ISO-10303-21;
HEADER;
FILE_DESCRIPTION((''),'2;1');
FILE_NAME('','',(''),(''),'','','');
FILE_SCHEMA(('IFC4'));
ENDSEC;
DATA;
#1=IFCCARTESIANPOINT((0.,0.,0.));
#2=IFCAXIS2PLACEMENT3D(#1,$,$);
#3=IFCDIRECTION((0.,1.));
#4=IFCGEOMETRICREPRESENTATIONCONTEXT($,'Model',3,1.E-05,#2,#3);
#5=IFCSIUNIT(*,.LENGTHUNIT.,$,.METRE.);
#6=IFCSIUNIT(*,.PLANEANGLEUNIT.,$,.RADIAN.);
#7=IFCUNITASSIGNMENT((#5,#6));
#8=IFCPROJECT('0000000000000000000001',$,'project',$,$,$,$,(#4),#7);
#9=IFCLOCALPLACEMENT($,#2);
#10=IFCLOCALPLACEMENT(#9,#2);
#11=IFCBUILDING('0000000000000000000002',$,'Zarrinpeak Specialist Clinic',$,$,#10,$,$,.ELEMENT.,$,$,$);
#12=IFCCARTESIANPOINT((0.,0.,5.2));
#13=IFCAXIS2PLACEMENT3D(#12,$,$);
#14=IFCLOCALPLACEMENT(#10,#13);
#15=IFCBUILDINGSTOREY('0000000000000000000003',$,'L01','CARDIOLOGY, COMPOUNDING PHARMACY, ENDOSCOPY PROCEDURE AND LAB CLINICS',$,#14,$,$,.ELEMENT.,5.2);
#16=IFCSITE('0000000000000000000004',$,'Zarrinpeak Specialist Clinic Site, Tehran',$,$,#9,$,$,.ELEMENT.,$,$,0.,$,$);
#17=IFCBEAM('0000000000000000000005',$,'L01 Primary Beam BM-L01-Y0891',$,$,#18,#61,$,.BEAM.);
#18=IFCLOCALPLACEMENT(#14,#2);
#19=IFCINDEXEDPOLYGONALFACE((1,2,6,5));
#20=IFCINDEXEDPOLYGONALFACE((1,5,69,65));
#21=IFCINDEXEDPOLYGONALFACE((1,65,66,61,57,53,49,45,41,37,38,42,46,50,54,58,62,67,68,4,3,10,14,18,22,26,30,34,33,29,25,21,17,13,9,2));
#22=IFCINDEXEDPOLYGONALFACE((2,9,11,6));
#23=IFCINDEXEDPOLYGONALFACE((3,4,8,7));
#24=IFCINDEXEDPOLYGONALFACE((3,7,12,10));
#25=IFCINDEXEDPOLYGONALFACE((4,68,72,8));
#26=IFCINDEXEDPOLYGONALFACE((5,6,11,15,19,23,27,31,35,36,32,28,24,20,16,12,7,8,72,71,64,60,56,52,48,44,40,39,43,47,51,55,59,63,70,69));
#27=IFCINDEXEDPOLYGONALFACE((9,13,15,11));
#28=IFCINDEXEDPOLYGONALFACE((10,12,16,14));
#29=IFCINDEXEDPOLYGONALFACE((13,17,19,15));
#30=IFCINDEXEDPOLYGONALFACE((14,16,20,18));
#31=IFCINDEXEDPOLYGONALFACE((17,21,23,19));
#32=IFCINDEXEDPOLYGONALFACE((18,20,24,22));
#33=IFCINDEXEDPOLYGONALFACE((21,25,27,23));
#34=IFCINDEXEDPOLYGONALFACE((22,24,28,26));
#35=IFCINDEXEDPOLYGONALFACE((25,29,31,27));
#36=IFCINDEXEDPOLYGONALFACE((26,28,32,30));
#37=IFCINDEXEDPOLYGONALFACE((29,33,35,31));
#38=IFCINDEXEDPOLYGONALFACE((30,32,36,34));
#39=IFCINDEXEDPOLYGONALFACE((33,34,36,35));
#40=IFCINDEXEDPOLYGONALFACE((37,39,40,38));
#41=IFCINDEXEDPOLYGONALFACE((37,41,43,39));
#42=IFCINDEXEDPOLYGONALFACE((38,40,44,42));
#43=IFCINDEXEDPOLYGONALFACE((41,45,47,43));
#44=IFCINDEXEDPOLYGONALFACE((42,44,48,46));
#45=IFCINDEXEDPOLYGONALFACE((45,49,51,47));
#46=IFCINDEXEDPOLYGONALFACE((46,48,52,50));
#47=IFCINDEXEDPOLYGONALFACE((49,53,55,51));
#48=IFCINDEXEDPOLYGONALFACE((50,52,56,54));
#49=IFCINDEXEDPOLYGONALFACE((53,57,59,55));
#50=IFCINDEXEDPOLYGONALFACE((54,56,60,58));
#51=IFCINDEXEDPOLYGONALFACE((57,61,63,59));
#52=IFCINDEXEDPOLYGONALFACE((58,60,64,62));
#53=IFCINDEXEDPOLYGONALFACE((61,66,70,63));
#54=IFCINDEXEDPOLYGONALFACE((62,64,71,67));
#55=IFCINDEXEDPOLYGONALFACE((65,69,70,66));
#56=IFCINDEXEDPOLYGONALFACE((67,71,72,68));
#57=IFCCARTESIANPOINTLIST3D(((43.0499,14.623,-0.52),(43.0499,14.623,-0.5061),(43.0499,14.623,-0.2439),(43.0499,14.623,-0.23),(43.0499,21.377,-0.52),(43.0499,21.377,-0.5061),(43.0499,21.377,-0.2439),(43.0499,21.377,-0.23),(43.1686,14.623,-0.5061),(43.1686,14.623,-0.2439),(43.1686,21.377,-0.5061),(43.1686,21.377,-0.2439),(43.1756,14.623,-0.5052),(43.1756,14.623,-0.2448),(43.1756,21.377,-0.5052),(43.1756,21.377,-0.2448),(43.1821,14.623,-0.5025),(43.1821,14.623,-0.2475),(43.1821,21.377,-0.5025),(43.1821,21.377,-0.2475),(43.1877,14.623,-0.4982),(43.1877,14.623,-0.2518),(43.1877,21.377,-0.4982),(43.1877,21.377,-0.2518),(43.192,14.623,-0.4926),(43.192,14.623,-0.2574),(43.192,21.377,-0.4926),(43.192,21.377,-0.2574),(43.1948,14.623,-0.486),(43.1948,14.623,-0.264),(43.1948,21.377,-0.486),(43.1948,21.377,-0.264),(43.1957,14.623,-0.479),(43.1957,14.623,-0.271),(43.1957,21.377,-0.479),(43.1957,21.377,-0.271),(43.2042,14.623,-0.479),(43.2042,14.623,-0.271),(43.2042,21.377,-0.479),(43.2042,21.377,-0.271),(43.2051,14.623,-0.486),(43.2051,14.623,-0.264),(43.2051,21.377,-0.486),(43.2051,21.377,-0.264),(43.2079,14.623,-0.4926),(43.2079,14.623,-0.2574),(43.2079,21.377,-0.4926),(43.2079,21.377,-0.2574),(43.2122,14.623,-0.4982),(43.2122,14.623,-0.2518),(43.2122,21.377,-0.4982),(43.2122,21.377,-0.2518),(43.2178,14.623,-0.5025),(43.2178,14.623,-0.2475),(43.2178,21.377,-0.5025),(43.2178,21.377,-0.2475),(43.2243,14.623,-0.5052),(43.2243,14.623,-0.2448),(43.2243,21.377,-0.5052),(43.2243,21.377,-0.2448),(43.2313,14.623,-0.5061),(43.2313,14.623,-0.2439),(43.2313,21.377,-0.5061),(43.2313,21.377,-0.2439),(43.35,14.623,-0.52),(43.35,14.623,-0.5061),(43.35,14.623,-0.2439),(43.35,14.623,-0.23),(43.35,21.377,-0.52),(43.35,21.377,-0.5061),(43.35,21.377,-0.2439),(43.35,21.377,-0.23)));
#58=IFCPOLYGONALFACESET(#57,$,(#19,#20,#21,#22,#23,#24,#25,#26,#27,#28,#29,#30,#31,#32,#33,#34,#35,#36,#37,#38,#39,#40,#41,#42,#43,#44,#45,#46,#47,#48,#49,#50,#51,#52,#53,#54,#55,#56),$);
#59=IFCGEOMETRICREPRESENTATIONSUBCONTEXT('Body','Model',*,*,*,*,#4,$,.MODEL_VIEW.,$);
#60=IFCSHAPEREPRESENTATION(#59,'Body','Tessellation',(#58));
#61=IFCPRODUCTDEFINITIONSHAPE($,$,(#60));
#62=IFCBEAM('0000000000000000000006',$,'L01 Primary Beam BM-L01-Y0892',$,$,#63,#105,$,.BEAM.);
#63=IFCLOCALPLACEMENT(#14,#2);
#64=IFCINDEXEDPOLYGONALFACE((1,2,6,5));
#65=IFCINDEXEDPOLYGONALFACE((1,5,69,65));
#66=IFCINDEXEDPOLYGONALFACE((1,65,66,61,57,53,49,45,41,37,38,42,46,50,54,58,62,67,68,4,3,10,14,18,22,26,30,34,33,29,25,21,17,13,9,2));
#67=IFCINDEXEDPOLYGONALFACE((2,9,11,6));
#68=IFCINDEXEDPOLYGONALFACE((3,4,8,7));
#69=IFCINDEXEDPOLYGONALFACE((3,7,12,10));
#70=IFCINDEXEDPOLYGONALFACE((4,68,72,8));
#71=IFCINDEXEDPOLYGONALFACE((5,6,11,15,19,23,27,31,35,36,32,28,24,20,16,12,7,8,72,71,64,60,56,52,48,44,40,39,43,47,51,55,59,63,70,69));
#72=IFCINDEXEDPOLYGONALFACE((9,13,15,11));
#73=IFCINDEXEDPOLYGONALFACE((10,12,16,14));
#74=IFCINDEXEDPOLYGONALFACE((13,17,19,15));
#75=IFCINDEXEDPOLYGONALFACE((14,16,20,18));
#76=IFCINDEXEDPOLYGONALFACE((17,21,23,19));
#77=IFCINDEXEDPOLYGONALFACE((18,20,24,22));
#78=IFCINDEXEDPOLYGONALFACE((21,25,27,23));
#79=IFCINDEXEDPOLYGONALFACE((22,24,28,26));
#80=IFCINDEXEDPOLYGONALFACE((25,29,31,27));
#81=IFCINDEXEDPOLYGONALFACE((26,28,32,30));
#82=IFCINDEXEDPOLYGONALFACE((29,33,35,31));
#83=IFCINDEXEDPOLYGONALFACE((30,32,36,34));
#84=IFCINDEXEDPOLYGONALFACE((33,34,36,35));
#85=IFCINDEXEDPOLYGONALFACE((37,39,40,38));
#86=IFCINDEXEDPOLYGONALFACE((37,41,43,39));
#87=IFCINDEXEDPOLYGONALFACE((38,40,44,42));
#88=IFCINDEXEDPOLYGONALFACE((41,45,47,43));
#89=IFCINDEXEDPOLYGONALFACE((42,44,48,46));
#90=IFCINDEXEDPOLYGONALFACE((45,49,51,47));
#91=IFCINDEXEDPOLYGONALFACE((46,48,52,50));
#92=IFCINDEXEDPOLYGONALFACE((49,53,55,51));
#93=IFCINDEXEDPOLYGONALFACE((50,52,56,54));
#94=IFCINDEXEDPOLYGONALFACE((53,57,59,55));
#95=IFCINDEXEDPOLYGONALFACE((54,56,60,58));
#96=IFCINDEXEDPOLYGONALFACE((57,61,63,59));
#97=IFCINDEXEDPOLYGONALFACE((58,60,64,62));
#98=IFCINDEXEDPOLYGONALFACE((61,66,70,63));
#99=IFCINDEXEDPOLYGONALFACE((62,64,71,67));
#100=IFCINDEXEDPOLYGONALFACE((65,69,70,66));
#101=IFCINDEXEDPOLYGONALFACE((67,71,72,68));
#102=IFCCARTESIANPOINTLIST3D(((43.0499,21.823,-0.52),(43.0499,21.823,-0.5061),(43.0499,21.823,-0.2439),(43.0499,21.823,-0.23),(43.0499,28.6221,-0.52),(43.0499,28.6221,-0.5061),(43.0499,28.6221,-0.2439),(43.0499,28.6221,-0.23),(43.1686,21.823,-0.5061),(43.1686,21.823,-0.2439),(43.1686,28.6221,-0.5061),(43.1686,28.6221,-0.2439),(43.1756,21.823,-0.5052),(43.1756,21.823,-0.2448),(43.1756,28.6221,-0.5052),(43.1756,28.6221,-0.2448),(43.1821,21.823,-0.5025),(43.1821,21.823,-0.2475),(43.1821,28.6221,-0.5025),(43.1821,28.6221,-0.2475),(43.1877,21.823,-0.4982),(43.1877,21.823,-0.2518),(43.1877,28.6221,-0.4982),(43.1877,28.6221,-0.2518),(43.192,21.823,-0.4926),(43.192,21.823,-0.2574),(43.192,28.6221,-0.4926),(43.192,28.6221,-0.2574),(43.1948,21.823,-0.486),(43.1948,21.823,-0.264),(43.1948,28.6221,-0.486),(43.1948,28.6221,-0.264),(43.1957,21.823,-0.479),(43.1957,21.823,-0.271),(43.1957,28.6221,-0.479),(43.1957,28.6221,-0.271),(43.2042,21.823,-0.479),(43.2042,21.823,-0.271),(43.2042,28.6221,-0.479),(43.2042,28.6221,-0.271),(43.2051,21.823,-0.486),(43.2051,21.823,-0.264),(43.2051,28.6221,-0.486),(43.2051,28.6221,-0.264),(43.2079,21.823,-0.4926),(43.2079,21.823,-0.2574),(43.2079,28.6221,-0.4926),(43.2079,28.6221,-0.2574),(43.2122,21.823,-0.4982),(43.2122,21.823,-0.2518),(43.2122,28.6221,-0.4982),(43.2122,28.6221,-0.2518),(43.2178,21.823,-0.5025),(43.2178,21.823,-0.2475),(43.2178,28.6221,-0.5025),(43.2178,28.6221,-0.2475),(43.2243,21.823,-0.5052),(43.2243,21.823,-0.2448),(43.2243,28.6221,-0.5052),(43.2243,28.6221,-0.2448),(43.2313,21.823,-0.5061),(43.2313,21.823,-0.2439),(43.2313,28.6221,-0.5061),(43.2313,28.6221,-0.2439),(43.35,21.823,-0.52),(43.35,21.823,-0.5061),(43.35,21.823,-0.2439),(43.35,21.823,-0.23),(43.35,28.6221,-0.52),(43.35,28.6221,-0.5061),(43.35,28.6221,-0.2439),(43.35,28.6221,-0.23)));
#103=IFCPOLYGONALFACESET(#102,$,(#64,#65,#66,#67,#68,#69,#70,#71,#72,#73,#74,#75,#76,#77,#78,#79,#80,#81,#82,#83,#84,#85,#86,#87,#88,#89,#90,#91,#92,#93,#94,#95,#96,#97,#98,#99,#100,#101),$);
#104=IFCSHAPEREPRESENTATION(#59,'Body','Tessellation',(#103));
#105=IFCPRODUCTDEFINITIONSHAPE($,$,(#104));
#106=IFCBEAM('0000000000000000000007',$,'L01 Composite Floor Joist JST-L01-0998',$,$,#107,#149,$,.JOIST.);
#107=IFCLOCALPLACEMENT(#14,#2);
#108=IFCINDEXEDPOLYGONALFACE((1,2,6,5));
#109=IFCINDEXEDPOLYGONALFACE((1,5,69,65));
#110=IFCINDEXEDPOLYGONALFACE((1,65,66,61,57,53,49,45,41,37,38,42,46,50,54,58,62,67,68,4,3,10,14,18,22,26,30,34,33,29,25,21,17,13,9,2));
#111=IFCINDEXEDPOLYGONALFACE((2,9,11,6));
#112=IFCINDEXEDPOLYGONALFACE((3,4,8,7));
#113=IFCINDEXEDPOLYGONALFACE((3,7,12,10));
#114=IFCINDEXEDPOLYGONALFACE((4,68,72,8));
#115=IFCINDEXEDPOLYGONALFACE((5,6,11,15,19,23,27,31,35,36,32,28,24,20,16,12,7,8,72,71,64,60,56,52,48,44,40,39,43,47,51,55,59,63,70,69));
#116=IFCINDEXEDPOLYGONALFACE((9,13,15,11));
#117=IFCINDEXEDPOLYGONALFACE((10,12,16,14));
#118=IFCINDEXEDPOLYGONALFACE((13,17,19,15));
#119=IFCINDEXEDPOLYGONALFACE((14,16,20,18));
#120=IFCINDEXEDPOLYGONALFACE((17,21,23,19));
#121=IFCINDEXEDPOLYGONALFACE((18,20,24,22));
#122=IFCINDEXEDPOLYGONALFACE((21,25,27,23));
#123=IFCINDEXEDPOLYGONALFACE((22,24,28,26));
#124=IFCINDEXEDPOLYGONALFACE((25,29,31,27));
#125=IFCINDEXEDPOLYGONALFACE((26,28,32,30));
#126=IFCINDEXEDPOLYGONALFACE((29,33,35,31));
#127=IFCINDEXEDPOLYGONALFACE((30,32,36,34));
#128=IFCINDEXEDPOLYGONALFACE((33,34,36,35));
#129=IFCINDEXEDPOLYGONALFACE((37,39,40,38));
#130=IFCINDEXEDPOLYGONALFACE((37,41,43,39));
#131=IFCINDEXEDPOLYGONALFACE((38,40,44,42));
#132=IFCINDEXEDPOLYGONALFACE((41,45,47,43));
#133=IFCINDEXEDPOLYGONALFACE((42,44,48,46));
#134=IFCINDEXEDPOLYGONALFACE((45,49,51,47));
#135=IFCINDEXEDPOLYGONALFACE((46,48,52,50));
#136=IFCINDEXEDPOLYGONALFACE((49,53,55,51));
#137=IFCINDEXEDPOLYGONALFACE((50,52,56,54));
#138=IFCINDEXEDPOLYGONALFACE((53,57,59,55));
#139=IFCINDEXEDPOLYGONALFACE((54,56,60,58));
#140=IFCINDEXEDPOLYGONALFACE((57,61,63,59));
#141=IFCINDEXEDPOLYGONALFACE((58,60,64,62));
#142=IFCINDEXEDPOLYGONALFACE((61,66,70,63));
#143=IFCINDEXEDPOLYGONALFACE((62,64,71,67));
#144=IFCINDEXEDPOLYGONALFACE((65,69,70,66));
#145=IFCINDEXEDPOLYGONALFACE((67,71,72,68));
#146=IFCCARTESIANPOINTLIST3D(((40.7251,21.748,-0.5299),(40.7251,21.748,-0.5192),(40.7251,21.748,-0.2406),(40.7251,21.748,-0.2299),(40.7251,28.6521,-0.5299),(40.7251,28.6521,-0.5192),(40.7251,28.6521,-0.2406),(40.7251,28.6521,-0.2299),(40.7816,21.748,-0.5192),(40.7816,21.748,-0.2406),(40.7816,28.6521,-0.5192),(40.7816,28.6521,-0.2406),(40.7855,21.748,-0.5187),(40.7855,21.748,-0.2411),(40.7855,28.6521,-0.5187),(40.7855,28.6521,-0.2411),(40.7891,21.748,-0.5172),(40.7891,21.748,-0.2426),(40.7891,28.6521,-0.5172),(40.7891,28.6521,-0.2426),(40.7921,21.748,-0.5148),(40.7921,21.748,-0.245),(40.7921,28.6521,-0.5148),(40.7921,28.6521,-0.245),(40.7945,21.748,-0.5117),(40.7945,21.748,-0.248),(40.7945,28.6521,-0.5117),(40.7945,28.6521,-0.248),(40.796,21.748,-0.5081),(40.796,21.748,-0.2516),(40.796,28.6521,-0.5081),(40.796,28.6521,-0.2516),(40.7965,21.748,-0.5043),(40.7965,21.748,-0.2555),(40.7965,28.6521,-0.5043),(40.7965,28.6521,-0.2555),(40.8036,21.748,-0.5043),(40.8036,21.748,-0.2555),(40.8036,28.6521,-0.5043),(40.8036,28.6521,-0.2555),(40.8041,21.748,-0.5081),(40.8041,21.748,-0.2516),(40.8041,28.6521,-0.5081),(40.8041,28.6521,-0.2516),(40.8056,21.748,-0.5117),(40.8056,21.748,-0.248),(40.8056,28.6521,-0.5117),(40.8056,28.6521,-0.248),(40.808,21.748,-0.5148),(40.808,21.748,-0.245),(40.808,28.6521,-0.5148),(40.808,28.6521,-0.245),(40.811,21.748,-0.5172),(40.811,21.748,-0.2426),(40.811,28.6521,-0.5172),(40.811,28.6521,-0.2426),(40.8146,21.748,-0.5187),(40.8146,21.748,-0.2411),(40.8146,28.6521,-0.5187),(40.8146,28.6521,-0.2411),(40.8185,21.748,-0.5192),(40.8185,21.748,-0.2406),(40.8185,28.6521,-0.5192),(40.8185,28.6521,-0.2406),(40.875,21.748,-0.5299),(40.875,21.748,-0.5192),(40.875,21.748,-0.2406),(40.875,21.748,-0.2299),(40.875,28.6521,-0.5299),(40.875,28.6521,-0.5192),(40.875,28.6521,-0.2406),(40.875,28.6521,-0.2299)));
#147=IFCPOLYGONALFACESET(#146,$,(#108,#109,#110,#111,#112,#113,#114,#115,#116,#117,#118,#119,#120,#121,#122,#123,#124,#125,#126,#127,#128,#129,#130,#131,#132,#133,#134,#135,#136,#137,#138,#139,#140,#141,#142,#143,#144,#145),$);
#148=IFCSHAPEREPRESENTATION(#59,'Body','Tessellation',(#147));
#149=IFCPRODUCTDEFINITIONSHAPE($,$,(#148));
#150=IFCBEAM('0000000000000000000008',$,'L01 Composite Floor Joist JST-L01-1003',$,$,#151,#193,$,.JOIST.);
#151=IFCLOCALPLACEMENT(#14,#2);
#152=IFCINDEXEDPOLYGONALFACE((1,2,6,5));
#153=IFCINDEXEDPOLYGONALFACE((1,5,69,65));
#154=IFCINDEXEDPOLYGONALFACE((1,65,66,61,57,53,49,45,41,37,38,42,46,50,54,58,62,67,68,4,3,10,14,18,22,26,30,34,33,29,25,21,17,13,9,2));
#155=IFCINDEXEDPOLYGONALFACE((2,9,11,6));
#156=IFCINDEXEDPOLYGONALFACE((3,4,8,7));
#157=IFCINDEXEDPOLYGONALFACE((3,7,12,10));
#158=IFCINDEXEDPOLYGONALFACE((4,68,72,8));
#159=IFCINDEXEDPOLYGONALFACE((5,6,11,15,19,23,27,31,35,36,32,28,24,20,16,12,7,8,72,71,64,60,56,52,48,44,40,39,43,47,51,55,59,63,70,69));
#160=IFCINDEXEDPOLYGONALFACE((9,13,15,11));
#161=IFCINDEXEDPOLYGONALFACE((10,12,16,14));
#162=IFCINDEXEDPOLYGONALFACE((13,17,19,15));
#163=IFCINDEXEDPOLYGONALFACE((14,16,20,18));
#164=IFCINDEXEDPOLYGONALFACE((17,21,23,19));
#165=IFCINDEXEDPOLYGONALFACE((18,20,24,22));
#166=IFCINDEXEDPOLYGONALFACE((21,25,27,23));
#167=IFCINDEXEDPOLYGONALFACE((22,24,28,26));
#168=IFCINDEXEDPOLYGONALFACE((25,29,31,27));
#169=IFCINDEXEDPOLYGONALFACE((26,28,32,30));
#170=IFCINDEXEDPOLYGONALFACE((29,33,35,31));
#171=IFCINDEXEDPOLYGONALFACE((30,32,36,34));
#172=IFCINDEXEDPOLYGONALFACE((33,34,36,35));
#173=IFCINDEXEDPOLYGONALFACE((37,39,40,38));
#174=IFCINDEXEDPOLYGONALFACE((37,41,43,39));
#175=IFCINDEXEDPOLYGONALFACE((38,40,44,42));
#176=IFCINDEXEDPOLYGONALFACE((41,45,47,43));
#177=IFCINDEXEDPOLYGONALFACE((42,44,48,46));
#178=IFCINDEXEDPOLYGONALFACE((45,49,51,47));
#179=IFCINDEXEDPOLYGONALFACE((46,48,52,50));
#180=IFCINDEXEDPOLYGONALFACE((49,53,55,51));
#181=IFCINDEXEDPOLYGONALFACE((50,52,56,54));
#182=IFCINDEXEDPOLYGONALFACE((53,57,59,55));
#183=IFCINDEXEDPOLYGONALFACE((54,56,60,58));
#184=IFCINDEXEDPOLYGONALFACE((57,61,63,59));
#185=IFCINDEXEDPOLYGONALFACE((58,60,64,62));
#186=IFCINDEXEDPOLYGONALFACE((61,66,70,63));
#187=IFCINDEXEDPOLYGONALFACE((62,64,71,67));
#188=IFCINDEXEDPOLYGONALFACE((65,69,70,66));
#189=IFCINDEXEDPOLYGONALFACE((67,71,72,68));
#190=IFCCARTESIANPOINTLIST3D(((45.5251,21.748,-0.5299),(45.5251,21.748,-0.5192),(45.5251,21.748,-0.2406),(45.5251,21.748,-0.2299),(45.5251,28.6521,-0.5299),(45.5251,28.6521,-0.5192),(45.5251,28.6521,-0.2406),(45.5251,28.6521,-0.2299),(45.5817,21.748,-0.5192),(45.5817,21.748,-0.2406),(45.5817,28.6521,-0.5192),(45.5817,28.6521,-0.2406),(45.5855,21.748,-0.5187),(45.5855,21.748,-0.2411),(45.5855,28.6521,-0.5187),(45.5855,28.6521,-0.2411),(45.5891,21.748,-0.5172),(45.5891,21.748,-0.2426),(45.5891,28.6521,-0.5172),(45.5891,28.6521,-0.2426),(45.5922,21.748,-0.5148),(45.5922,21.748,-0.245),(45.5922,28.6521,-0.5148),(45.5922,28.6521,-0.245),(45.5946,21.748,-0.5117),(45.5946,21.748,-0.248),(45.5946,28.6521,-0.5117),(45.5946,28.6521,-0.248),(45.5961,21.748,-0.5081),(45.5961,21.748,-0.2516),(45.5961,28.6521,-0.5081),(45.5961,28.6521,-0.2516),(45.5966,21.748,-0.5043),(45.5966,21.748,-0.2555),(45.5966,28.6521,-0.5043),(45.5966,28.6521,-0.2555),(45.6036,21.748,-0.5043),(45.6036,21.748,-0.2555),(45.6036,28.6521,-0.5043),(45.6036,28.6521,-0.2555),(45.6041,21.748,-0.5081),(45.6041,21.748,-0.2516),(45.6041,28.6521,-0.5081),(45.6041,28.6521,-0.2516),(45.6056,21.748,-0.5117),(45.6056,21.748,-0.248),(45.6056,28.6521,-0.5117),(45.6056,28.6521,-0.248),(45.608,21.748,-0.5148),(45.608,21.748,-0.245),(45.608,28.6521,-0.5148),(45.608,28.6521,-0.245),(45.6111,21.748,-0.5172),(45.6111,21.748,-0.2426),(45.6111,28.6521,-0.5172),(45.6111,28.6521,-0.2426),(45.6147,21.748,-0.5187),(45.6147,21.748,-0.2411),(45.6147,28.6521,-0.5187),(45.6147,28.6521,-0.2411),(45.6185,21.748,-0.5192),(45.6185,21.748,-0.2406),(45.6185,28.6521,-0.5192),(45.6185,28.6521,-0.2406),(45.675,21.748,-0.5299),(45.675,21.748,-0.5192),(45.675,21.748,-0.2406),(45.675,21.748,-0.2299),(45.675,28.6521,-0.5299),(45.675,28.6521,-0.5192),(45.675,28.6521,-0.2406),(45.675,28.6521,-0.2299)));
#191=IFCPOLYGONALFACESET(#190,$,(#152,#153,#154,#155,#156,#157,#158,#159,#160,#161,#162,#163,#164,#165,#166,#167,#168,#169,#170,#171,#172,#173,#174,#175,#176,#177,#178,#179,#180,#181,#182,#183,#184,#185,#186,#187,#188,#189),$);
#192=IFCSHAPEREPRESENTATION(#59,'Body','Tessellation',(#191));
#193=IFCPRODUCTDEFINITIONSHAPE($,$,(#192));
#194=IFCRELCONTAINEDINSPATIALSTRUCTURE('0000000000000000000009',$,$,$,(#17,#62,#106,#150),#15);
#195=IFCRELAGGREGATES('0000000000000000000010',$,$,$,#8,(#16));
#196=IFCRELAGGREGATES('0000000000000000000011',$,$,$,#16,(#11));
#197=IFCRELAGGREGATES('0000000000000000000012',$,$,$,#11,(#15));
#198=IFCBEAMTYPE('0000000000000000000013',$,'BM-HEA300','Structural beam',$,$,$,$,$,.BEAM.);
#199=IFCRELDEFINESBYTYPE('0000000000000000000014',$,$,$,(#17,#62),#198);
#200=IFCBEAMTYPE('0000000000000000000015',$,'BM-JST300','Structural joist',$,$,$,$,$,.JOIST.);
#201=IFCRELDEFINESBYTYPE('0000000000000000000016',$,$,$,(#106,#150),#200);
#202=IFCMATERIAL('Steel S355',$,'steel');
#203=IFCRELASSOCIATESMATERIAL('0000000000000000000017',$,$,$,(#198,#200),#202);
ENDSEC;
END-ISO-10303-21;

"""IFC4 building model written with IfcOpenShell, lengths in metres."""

from ifc_helpers import new_model, si_unit, direction, frame, origin, origin_2d, place, context, subcontext, project, spatial, i_section, extrude, material, material_profile, profile_set, type_object, element, save


model = new_model("IFC4")

# Units and contexts
model_context = context("Model", 3, precision=1e-05, world=origin(), true_north=direction((0.0, 1.0)))
body_context = subcontext(model_context, "Body", "Model", "MODEL_VIEW")
ifc_project = project(units=[si_unit("LENGTHUNIT", "METRE"), si_unit("PLANEANGLEUNIT", "RADIAN")], contexts=[model_context])

# Site, building, storey
site_placement = place(None, origin())
site = spatial("IfcSite", under=ifc_project, at=site_placement, Name="Zarrinpeak Specialist Clinic Site, Tehran", CompositionType="ELEMENT", RefElevation=0.0)
building_placement = place(site_placement, origin())
building = spatial("IfcBuilding", under=site, at=building_placement, Name="Zarrinpeak Specialist Clinic", CompositionType="ELEMENT")
storey_placement = place(building_placement, frame((0.0, 0.0, 5.2)))
storey = spatial("IfcBuildingStorey", under=building, at=storey_placement, Name="L01", Description="CARDIOLOGY, COMPOUNDING PHARMACY, ENDOSCOPY PROCEDURE AND LAB CLINICS", CompositionType="ELEMENT", Elevation=5.2)

# Shared definitions
ifc_material_1 = material(Name="Steel S355", Category="steel")

# Beams
ifc_material_profile_1 = material_profile(ifc_material_1, i_section(OverallWidth=0.3, OverallDepth=0.29, WebThickness=0.0085, FlangeThickness=0.0139, FilletRadius=0.0271, at=origin_2d()), Name="HEA 300")
ifc_profile_set_1 = profile_set([ifc_material_profile_1], Name="Steel S355")
beam_type_1 = type_object("IfcBeamType", Name="BM-HEA300", Description="Structural beam", PredefinedType="BEAM", material=ifc_profile_set_1)
beam_1_placement = place(storey_placement, frame((43.2, 14.623, -0.375), z_axis=(0.0, 1.0, 0.0), x_axis=(-1.0, 0.0, 0.0)))
element("IfcBeam", 1, at=beam_1_placement, inside=storey, type_object=beam_type_1, Name="L01 Primary Beam BM-L01-Y0891", PredefinedType="BEAM", context=body_context, shape_type="SweptSolid", body=[
    extrude(i_section(OverallWidth=0.3, OverallDepth=0.29, WebThickness=0.0085, FlangeThickness=0.0139, FilletRadius=0.0271, at=origin_2d()), origin(), (0.0, 0.0, 1.0), 6.7539),
])
beam_2_placement = place(storey_placement, frame((43.2, 21.823, -0.375), z_axis=(0.0, 1.0, 0.0), x_axis=(-1.0, 0.0, 0.0)))
element("IfcBeam", 2, at=beam_2_placement, inside=storey, type_object=beam_type_1, Name="L01 Primary Beam BM-L01-Y0892", PredefinedType="BEAM", context=body_context, shape_type="SweptSolid", body=[
    extrude(i_section(OverallWidth=0.3, OverallDepth=0.29, WebThickness=0.0085, FlangeThickness=0.0139, FilletRadius=0.0271, at=origin_2d()), origin(), (0.0, 0.0, 1.0), 6.7991),
])
ifc_material_profile_2 = material_profile(ifc_material_1, i_section(OverallWidth=0.1499, OverallDepth=0.3, WebThickness=0.0071, FlangeThickness=0.0107, FilletRadius=0.0149, at=origin_2d()), Name="IPE 300")
ifc_profile_set_2 = profile_set([ifc_material_profile_2], Name="Steel S355")
beam_type_2 = type_object("IfcBeamType", Name="BM-JST300", Description="Structural joist", PredefinedType="JOIST", material=ifc_profile_set_2)
for number, where, z_axis, x_axis, name in (
    (3, (40.8, 21.748, -0.3799), (0.0, 1.0, 0.0), (-1.0, 0.0, 0.0), "L01 Composite Floor Joist JST-L01-0998"),
    (4, (45.6001, 21.748, -0.3799), (0.0, 1.0, 0.0), (-1.0, 0.0, 0.0), "L01 Composite Floor Joist JST-L01-1003"),
):
    element("IfcBeam", number, at=place(storey_placement, frame(where, z_axis=z_axis, x_axis=x_axis)), inside=storey, type_object=beam_type_2, Name=name, PredefinedType="JOIST", context=body_context, shape_type="SweptSolid", body=[
        extrude(i_section(OverallWidth=0.1499, OverallDepth=0.3, WebThickness=0.0071, FlangeThickness=0.0107, FilletRadius=0.0149, at=origin_2d()), origin(), (0.0, 0.0, 1.0), 6.9041),
    ])

save(model, "model.ifc")
